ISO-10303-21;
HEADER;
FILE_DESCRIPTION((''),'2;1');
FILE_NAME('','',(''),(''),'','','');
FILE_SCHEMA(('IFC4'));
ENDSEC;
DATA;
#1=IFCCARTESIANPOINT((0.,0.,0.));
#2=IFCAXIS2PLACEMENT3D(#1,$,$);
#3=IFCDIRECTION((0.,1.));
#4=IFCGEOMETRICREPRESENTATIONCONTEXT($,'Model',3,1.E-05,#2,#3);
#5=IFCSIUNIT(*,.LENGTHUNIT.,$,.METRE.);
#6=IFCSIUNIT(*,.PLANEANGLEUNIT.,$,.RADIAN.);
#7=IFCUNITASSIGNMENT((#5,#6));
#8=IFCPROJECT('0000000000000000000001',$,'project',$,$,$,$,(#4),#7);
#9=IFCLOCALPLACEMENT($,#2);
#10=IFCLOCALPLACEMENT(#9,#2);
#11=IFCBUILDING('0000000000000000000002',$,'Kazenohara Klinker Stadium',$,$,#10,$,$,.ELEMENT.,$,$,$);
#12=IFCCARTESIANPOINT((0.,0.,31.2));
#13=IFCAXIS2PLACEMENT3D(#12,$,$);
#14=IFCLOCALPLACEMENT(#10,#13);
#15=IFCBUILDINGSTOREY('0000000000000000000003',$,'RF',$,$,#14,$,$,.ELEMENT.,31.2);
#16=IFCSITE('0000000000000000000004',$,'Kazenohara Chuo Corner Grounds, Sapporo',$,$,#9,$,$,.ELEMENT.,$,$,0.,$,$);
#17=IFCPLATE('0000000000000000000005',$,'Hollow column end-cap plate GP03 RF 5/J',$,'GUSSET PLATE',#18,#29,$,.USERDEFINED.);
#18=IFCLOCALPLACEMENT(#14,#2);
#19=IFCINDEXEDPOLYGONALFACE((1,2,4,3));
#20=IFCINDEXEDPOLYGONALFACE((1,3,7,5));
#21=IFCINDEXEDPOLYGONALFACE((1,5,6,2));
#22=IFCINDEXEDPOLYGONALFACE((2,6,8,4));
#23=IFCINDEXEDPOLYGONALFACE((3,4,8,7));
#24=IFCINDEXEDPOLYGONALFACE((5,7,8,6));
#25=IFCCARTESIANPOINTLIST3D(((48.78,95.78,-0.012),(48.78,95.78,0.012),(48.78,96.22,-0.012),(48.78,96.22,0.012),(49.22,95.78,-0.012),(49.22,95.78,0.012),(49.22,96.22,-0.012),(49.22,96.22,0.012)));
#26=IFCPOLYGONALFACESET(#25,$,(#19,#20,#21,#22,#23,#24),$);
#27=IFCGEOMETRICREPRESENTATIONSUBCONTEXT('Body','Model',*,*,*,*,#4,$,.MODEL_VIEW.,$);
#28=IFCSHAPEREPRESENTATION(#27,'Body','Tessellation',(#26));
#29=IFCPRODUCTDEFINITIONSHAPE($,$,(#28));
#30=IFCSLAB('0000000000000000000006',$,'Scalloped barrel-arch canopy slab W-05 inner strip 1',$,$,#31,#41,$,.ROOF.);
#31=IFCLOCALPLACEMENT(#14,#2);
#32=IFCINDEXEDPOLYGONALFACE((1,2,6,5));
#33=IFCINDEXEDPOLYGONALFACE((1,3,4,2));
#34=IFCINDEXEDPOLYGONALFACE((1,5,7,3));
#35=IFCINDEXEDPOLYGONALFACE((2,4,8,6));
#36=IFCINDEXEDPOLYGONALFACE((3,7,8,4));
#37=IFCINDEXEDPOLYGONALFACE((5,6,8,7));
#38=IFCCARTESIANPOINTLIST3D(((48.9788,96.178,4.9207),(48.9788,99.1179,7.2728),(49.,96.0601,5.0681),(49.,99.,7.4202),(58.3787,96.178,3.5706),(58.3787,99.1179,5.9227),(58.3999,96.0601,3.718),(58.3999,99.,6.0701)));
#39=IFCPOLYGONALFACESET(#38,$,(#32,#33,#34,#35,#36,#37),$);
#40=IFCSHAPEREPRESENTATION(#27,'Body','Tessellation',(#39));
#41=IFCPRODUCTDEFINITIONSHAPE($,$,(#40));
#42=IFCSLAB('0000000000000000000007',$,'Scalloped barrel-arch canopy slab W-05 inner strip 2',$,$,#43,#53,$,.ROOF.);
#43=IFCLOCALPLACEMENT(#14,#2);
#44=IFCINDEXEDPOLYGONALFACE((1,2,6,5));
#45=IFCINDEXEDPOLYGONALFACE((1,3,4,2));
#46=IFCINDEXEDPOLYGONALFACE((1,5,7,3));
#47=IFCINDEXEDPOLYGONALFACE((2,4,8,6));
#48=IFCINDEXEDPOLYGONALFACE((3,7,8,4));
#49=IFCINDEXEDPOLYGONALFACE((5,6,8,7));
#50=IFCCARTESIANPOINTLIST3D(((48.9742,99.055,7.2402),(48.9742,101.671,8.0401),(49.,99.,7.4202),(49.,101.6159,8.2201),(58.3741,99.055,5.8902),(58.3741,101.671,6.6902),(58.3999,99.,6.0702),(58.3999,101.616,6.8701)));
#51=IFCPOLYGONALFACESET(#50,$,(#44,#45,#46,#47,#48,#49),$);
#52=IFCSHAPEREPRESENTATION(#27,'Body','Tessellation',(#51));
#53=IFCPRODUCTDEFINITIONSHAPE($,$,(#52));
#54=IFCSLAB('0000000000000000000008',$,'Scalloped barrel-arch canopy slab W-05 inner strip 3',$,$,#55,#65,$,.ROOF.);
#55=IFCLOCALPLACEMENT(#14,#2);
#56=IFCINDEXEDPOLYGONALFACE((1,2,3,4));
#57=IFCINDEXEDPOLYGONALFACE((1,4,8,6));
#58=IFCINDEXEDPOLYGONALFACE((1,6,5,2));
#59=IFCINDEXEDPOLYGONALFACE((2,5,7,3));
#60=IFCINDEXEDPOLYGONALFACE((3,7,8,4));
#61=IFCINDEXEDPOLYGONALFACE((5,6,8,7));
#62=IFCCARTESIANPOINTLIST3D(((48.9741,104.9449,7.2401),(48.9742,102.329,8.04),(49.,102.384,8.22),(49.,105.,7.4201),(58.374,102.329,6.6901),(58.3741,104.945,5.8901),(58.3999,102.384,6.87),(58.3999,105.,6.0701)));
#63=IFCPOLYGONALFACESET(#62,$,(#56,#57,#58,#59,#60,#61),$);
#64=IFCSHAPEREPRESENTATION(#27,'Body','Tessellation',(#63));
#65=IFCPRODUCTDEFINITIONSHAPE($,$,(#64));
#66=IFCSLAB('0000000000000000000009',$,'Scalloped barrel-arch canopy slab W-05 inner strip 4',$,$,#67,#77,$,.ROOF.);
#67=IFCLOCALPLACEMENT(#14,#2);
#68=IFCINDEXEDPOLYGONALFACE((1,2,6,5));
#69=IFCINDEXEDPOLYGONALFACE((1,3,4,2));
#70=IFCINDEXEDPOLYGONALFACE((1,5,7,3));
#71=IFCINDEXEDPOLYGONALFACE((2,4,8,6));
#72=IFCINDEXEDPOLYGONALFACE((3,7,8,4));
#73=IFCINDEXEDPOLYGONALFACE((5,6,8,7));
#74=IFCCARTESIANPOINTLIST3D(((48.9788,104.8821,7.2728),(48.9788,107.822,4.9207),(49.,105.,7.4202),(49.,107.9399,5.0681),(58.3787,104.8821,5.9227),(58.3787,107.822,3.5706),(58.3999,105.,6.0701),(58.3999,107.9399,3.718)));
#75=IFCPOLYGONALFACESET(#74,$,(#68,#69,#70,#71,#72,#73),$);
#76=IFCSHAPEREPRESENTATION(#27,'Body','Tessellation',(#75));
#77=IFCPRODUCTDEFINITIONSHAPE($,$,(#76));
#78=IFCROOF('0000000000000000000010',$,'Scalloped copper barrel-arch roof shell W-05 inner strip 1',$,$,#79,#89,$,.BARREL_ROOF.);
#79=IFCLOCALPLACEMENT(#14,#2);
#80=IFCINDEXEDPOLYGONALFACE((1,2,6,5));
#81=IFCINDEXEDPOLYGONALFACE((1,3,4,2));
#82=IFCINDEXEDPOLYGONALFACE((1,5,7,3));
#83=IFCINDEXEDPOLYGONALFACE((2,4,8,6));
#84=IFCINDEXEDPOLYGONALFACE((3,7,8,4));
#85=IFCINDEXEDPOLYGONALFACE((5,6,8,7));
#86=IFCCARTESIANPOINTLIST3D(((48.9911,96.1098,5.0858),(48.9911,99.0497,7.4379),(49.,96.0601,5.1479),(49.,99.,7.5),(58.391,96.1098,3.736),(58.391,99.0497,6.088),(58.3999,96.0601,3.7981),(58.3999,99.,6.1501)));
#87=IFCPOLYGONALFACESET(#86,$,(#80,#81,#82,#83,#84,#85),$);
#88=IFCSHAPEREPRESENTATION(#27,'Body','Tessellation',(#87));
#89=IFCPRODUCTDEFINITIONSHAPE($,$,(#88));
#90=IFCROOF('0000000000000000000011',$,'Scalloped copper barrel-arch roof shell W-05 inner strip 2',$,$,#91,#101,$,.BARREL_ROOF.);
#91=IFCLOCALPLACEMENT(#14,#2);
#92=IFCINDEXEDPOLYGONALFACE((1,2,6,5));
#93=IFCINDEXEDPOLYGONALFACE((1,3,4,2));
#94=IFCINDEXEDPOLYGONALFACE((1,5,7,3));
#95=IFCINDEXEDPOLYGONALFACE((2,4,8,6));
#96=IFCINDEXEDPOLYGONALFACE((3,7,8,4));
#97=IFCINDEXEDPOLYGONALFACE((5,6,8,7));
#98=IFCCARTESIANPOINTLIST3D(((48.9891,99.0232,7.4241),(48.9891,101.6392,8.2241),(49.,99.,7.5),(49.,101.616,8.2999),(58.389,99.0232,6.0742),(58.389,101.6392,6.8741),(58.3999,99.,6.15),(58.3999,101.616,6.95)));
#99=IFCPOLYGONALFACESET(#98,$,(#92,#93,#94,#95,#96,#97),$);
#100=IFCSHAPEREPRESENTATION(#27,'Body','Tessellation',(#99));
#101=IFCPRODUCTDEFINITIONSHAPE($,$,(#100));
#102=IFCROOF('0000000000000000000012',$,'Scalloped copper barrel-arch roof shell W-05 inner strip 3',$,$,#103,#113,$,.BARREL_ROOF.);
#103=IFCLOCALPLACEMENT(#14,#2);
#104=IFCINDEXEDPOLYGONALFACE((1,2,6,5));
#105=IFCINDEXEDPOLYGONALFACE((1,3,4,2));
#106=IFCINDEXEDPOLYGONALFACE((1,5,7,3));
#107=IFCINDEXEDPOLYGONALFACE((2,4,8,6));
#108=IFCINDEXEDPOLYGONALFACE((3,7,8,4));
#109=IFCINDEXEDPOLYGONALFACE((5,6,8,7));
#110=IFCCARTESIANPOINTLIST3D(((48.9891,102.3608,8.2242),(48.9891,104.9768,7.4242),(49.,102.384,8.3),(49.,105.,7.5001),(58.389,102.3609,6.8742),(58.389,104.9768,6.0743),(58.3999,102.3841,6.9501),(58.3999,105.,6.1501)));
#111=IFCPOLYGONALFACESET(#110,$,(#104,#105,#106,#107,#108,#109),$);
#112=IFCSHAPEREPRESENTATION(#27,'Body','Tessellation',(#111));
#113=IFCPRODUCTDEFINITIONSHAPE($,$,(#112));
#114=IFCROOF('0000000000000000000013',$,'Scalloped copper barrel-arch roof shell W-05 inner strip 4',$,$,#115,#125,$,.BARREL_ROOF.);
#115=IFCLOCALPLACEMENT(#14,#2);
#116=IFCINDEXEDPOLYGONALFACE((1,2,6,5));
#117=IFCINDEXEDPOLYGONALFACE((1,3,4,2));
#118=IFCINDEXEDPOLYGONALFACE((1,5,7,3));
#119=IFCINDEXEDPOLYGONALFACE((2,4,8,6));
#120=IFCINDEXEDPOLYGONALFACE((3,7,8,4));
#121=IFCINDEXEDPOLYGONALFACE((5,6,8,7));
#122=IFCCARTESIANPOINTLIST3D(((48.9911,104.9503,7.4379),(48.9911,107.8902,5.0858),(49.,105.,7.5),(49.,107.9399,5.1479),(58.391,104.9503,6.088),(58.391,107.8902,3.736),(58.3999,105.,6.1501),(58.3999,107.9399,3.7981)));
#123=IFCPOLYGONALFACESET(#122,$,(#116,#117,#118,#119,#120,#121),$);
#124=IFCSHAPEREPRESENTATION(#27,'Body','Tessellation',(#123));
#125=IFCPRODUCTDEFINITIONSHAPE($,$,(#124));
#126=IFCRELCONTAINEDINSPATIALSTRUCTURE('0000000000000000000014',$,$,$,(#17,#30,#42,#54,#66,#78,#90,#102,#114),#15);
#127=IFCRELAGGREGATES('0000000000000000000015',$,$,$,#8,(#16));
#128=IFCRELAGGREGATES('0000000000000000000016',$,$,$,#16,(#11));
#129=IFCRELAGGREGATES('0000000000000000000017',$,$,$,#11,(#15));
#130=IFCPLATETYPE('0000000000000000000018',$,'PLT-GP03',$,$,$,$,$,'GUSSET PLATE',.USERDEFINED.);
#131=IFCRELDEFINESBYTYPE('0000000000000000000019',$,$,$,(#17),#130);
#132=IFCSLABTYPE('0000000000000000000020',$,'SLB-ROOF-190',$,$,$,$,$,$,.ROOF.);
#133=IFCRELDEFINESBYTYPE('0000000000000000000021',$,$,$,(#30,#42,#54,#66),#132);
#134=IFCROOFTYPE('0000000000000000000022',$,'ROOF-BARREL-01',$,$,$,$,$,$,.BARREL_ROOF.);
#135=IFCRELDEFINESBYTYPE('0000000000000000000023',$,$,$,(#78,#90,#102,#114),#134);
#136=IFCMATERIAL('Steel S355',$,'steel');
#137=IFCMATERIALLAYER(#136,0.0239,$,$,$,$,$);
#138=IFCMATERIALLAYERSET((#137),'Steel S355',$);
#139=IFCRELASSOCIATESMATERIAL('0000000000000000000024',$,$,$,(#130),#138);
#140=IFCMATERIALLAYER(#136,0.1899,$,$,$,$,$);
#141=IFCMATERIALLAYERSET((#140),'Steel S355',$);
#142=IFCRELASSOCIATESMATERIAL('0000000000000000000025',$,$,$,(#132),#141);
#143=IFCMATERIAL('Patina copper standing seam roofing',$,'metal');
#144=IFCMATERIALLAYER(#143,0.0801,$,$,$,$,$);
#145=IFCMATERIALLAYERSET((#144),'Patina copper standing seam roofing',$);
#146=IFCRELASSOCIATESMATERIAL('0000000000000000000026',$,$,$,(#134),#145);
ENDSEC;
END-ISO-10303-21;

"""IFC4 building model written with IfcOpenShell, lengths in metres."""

from ifc_helpers import new_model, si_unit, direction, frame, origin, origin_2d, place, context, subcontext, project, spatial, polyline, rectangle, outline, extrude, material, layer, layer_set, type_object, element, save


model = new_model("IFC4")

# Units and contexts
model_context = context("Model", 3, precision=1e-05, world=origin(), true_north=direction((0.0, 1.0)))
body_context = subcontext(model_context, "Body", "Model", "MODEL_VIEW")
ifc_project = project(units=[si_unit("LENGTHUNIT", "METRE"), si_unit("PLANEANGLEUNIT", "RADIAN")], contexts=[model_context])

# Site, building, storey
site_placement = place(None, origin())
site = spatial("IfcSite", under=ifc_project, at=site_placement, Name="Kazenohara Chuo Corner Grounds, Sapporo", CompositionType="ELEMENT", RefElevation=0.0)
building_placement = place(site_placement, origin())
building = spatial("IfcBuilding", under=site, at=building_placement, Name="Kazenohara Klinker Stadium", CompositionType="ELEMENT")
storey_placement = place(building_placement, frame((0.0, 0.0, 31.2)))
storey = spatial("IfcBuildingStorey", under=building, at=storey_placement, Name="RF", CompositionType="ELEMENT", Elevation=31.2)

# Shared definitions
ifc_material_1 = material(Name="Steel S355", Category="steel")

# Plate
ifc_layer_1 = layer(ifc_material_1, 0.0239)
ifc_layer_set_1 = layer_set([ifc_layer_1], Name="Steel S355")
plate_type_1 = type_object("IfcPlateType", Name="PLT-GP03", ElementType="GUSSET PLATE", PredefinedType="USERDEFINED", material=ifc_layer_set_1)
plate_1_placement = place(storey_placement, frame((49.0, 96.0, -0.012), z_axis=(0.0, 0.0, 1.0), x_axis=(1.0, 0.0, 0.0)))
element("IfcPlate", 1, at=plate_1_placement, inside=storey, type_object=plate_type_1, Name="Hollow column end-cap plate GP03 RF 5/J", ObjectType="GUSSET PLATE", PredefinedType="USERDEFINED", context=body_context, shape_type="SweptSolid", body=[
    extrude(rectangle(XDim=0.4399, YDim=0.4399, at=origin_2d()), origin(), (0.0, 0.0, 1.0), 0.0239),
])

# Slabs
ifc_layer_2 = layer(ifc_material_1, 0.1899)
ifc_layer_set_2 = layer_set([ifc_layer_2], Name="Steel S355")
slab_type = type_object("IfcSlabType", Name="SLB-ROOF-190", PredefinedType="ROOF", material=ifc_layer_set_2)
slab_1_placement = place(storey_placement, frame((49.0, 96.0601, 5.0681), z_axis=(0.111455, -0.620819, 0.775991), x_axis=(0.989842, 0.0, -0.14217)))
element("IfcSlab", 2, at=slab_1_placement, inside=storey, type_object=slab_type, Name="Scalloped barrel-arch canopy slab W-05 inner strip 1", PredefinedType="ROOF", context=body_context, shape_type="SweptSolid", body=[
    extrude(outline(polyline([(0.0, 0.0), (9.4964, 0.0), (9.162, 3.7501), (-0.3344, 3.7501), (0.0, 0.0)])), origin(), (0.0, 0.0, -1.0), 0.1899),
])
slab_2_placement = place(storey_placement, frame((49.0, 99.0, 7.4202), z_axis=(0.136061, -0.289701, 0.947397), x_axis=(0.989844, -0.000004, -0.142158)))
element("IfcSlab", 3, at=slab_2_placement, inside=storey, type_object=slab_type, Name="Scalloped barrel-arch canopy slab W-05 inner strip 2", PredefinedType="ROOF", context=body_context, shape_type="SweptSolid", body=[
    extrude(outline(polyline([(0.0, 0.0), (9.4964, 0.0), (9.3826, 2.7332), (-0.1137, 2.7331), (0.0, 0.0)])), origin(), (0.0, 0.0, -1.0), 0.1899),
])
slab_3_placement = place(storey_placement, frame((49.0, 102.384, 8.22), z_axis=(0.136061, 0.289701, 0.947397), x_axis=(0.989844, -0.000004, -0.142156)))
element("IfcSlab", 4, at=slab_3_placement, inside=storey, type_object=slab_type, Name="Scalloped barrel-arch canopy slab W-05 inner strip 3", PredefinedType="ROOF", context=body_context, shape_type="SweptSolid", body=[
    extrude(outline(polyline([(0.0, 0.0), (9.4963, 0.0), (9.6101, 2.7332), (0.1137, 2.7331), (0.0, 0.0)])), origin(), (0.0, 0.0, -1.0), 0.1899),
])
slab_4_placement = place(storey_placement, frame((49.0, 105.0, 7.4202), z_axis=(0.111455, 0.620819, 0.775991), x_axis=(0.989842, 0.0, -0.14217)))
element("IfcSlab", 5, at=slab_4_placement, inside=storey, type_object=slab_type, Name="Scalloped barrel-arch canopy slab W-05 inner strip 4", PredefinedType="ROOF", context=body_context, shape_type="SweptSolid", body=[
    extrude(outline(polyline([(0.0, 0.0), (9.4964, 0.0), (9.8308, 3.7501), (0.3344, 3.7501), (0.0, 0.0)])), origin(), (0.0, 0.0, -1.0), 0.1899),
])

# Roofs
ifc_material_2 = material(Name="Patina copper standing seam roofing", Category="metal")
ifc_layer_3 = layer(ifc_material_2, 0.0801)
ifc_layer_set_3 = layer_set([ifc_layer_3], Name="Patina copper standing seam roofing")
roof_type = type_object("IfcRoofType", Name="ROOF-BARREL-01", PredefinedType="BARREL_ROOF", material=ifc_layer_set_3)
roof_1_placement = place(storey_placement, frame((49.0, 96.0601, 5.1479), z_axis=(0.111435, -0.62082, 0.775993), x_axis=(0.989846, 0.0, -0.142145)))
element("IfcRoof", 6, at=roof_1_placement, inside=storey, type_object=roof_type, Name="Scalloped copper barrel-arch roof shell W-05 inner strip 1", PredefinedType="BARREL_ROOF", context=body_context, shape_type="SweptSolid", body=[
    extrude(outline(polyline([(0.0, 0.0), (9.4963, 0.0), (9.162, 3.7501), (-0.3343, 3.7501), (0.0, 0.0)])), origin(), (0.0, 0.0, -1.0), 0.0801),
])
roof_2_placement = place(storey_placement, frame((49.0, 99.0, 7.5), z_axis=(0.136061, -0.289701, 0.947397), x_axis=(0.989844, 0.000004, -0.142156)))
element("IfcRoof", 7, at=roof_2_placement, inside=storey, type_object=roof_type, Name="Scalloped copper barrel-arch roof shell W-05 inner strip 2", PredefinedType="BARREL_ROOF", context=body_context, shape_type="SweptSolid", body=[
    extrude(outline(polyline([(0.0, 0.0), (9.4963, 0.0), (9.3826, 2.7331), (-0.1137, 2.7332), (0.0, 0.0)])), origin(), (0.0, 0.0, -1.0), 0.0801),
])
roof_3_placement = place(storey_placement, frame((49.0, 102.384, 8.3), z_axis=(0.136061, 0.289701, 0.947397), x_axis=(0.989844, 0.000004, -0.142158)))
element("IfcRoof", 8, at=roof_3_placement, inside=storey, type_object=roof_type, Name="Scalloped copper barrel-arch roof shell W-05 inner strip 3", PredefinedType="BARREL_ROOF", context=body_context, shape_type="SweptSolid", body=[
    extrude(outline(polyline([(0.0, 0.0), (9.4964, 0.0), (9.6101, 2.7331), (0.1137, 2.7332), (0.0, 0.0)])), origin(), (0.0, 0.0, -1.0), 0.0801),
])
roof_4_placement = place(storey_placement, frame((49.0, 105.0, 7.5), z_axis=(0.111435, 0.62082, 0.775993), x_axis=(0.989846, 0.0, -0.142145)))
element("IfcRoof", 9, at=roof_4_placement, inside=storey, type_object=roof_type, Name="Scalloped copper barrel-arch roof shell W-05 inner strip 4", PredefinedType="BARREL_ROOF", context=body_context, shape_type="SweptSolid", body=[
    extrude(outline(polyline([(0.0, 0.0), (9.4963, 0.0), (9.8307, 3.7501), (0.3343, 3.7501), (0.0, 0.0)])), origin(), (0.0, 0.0, -1.0), 0.0801),
])

save(model, "model.ifc")
